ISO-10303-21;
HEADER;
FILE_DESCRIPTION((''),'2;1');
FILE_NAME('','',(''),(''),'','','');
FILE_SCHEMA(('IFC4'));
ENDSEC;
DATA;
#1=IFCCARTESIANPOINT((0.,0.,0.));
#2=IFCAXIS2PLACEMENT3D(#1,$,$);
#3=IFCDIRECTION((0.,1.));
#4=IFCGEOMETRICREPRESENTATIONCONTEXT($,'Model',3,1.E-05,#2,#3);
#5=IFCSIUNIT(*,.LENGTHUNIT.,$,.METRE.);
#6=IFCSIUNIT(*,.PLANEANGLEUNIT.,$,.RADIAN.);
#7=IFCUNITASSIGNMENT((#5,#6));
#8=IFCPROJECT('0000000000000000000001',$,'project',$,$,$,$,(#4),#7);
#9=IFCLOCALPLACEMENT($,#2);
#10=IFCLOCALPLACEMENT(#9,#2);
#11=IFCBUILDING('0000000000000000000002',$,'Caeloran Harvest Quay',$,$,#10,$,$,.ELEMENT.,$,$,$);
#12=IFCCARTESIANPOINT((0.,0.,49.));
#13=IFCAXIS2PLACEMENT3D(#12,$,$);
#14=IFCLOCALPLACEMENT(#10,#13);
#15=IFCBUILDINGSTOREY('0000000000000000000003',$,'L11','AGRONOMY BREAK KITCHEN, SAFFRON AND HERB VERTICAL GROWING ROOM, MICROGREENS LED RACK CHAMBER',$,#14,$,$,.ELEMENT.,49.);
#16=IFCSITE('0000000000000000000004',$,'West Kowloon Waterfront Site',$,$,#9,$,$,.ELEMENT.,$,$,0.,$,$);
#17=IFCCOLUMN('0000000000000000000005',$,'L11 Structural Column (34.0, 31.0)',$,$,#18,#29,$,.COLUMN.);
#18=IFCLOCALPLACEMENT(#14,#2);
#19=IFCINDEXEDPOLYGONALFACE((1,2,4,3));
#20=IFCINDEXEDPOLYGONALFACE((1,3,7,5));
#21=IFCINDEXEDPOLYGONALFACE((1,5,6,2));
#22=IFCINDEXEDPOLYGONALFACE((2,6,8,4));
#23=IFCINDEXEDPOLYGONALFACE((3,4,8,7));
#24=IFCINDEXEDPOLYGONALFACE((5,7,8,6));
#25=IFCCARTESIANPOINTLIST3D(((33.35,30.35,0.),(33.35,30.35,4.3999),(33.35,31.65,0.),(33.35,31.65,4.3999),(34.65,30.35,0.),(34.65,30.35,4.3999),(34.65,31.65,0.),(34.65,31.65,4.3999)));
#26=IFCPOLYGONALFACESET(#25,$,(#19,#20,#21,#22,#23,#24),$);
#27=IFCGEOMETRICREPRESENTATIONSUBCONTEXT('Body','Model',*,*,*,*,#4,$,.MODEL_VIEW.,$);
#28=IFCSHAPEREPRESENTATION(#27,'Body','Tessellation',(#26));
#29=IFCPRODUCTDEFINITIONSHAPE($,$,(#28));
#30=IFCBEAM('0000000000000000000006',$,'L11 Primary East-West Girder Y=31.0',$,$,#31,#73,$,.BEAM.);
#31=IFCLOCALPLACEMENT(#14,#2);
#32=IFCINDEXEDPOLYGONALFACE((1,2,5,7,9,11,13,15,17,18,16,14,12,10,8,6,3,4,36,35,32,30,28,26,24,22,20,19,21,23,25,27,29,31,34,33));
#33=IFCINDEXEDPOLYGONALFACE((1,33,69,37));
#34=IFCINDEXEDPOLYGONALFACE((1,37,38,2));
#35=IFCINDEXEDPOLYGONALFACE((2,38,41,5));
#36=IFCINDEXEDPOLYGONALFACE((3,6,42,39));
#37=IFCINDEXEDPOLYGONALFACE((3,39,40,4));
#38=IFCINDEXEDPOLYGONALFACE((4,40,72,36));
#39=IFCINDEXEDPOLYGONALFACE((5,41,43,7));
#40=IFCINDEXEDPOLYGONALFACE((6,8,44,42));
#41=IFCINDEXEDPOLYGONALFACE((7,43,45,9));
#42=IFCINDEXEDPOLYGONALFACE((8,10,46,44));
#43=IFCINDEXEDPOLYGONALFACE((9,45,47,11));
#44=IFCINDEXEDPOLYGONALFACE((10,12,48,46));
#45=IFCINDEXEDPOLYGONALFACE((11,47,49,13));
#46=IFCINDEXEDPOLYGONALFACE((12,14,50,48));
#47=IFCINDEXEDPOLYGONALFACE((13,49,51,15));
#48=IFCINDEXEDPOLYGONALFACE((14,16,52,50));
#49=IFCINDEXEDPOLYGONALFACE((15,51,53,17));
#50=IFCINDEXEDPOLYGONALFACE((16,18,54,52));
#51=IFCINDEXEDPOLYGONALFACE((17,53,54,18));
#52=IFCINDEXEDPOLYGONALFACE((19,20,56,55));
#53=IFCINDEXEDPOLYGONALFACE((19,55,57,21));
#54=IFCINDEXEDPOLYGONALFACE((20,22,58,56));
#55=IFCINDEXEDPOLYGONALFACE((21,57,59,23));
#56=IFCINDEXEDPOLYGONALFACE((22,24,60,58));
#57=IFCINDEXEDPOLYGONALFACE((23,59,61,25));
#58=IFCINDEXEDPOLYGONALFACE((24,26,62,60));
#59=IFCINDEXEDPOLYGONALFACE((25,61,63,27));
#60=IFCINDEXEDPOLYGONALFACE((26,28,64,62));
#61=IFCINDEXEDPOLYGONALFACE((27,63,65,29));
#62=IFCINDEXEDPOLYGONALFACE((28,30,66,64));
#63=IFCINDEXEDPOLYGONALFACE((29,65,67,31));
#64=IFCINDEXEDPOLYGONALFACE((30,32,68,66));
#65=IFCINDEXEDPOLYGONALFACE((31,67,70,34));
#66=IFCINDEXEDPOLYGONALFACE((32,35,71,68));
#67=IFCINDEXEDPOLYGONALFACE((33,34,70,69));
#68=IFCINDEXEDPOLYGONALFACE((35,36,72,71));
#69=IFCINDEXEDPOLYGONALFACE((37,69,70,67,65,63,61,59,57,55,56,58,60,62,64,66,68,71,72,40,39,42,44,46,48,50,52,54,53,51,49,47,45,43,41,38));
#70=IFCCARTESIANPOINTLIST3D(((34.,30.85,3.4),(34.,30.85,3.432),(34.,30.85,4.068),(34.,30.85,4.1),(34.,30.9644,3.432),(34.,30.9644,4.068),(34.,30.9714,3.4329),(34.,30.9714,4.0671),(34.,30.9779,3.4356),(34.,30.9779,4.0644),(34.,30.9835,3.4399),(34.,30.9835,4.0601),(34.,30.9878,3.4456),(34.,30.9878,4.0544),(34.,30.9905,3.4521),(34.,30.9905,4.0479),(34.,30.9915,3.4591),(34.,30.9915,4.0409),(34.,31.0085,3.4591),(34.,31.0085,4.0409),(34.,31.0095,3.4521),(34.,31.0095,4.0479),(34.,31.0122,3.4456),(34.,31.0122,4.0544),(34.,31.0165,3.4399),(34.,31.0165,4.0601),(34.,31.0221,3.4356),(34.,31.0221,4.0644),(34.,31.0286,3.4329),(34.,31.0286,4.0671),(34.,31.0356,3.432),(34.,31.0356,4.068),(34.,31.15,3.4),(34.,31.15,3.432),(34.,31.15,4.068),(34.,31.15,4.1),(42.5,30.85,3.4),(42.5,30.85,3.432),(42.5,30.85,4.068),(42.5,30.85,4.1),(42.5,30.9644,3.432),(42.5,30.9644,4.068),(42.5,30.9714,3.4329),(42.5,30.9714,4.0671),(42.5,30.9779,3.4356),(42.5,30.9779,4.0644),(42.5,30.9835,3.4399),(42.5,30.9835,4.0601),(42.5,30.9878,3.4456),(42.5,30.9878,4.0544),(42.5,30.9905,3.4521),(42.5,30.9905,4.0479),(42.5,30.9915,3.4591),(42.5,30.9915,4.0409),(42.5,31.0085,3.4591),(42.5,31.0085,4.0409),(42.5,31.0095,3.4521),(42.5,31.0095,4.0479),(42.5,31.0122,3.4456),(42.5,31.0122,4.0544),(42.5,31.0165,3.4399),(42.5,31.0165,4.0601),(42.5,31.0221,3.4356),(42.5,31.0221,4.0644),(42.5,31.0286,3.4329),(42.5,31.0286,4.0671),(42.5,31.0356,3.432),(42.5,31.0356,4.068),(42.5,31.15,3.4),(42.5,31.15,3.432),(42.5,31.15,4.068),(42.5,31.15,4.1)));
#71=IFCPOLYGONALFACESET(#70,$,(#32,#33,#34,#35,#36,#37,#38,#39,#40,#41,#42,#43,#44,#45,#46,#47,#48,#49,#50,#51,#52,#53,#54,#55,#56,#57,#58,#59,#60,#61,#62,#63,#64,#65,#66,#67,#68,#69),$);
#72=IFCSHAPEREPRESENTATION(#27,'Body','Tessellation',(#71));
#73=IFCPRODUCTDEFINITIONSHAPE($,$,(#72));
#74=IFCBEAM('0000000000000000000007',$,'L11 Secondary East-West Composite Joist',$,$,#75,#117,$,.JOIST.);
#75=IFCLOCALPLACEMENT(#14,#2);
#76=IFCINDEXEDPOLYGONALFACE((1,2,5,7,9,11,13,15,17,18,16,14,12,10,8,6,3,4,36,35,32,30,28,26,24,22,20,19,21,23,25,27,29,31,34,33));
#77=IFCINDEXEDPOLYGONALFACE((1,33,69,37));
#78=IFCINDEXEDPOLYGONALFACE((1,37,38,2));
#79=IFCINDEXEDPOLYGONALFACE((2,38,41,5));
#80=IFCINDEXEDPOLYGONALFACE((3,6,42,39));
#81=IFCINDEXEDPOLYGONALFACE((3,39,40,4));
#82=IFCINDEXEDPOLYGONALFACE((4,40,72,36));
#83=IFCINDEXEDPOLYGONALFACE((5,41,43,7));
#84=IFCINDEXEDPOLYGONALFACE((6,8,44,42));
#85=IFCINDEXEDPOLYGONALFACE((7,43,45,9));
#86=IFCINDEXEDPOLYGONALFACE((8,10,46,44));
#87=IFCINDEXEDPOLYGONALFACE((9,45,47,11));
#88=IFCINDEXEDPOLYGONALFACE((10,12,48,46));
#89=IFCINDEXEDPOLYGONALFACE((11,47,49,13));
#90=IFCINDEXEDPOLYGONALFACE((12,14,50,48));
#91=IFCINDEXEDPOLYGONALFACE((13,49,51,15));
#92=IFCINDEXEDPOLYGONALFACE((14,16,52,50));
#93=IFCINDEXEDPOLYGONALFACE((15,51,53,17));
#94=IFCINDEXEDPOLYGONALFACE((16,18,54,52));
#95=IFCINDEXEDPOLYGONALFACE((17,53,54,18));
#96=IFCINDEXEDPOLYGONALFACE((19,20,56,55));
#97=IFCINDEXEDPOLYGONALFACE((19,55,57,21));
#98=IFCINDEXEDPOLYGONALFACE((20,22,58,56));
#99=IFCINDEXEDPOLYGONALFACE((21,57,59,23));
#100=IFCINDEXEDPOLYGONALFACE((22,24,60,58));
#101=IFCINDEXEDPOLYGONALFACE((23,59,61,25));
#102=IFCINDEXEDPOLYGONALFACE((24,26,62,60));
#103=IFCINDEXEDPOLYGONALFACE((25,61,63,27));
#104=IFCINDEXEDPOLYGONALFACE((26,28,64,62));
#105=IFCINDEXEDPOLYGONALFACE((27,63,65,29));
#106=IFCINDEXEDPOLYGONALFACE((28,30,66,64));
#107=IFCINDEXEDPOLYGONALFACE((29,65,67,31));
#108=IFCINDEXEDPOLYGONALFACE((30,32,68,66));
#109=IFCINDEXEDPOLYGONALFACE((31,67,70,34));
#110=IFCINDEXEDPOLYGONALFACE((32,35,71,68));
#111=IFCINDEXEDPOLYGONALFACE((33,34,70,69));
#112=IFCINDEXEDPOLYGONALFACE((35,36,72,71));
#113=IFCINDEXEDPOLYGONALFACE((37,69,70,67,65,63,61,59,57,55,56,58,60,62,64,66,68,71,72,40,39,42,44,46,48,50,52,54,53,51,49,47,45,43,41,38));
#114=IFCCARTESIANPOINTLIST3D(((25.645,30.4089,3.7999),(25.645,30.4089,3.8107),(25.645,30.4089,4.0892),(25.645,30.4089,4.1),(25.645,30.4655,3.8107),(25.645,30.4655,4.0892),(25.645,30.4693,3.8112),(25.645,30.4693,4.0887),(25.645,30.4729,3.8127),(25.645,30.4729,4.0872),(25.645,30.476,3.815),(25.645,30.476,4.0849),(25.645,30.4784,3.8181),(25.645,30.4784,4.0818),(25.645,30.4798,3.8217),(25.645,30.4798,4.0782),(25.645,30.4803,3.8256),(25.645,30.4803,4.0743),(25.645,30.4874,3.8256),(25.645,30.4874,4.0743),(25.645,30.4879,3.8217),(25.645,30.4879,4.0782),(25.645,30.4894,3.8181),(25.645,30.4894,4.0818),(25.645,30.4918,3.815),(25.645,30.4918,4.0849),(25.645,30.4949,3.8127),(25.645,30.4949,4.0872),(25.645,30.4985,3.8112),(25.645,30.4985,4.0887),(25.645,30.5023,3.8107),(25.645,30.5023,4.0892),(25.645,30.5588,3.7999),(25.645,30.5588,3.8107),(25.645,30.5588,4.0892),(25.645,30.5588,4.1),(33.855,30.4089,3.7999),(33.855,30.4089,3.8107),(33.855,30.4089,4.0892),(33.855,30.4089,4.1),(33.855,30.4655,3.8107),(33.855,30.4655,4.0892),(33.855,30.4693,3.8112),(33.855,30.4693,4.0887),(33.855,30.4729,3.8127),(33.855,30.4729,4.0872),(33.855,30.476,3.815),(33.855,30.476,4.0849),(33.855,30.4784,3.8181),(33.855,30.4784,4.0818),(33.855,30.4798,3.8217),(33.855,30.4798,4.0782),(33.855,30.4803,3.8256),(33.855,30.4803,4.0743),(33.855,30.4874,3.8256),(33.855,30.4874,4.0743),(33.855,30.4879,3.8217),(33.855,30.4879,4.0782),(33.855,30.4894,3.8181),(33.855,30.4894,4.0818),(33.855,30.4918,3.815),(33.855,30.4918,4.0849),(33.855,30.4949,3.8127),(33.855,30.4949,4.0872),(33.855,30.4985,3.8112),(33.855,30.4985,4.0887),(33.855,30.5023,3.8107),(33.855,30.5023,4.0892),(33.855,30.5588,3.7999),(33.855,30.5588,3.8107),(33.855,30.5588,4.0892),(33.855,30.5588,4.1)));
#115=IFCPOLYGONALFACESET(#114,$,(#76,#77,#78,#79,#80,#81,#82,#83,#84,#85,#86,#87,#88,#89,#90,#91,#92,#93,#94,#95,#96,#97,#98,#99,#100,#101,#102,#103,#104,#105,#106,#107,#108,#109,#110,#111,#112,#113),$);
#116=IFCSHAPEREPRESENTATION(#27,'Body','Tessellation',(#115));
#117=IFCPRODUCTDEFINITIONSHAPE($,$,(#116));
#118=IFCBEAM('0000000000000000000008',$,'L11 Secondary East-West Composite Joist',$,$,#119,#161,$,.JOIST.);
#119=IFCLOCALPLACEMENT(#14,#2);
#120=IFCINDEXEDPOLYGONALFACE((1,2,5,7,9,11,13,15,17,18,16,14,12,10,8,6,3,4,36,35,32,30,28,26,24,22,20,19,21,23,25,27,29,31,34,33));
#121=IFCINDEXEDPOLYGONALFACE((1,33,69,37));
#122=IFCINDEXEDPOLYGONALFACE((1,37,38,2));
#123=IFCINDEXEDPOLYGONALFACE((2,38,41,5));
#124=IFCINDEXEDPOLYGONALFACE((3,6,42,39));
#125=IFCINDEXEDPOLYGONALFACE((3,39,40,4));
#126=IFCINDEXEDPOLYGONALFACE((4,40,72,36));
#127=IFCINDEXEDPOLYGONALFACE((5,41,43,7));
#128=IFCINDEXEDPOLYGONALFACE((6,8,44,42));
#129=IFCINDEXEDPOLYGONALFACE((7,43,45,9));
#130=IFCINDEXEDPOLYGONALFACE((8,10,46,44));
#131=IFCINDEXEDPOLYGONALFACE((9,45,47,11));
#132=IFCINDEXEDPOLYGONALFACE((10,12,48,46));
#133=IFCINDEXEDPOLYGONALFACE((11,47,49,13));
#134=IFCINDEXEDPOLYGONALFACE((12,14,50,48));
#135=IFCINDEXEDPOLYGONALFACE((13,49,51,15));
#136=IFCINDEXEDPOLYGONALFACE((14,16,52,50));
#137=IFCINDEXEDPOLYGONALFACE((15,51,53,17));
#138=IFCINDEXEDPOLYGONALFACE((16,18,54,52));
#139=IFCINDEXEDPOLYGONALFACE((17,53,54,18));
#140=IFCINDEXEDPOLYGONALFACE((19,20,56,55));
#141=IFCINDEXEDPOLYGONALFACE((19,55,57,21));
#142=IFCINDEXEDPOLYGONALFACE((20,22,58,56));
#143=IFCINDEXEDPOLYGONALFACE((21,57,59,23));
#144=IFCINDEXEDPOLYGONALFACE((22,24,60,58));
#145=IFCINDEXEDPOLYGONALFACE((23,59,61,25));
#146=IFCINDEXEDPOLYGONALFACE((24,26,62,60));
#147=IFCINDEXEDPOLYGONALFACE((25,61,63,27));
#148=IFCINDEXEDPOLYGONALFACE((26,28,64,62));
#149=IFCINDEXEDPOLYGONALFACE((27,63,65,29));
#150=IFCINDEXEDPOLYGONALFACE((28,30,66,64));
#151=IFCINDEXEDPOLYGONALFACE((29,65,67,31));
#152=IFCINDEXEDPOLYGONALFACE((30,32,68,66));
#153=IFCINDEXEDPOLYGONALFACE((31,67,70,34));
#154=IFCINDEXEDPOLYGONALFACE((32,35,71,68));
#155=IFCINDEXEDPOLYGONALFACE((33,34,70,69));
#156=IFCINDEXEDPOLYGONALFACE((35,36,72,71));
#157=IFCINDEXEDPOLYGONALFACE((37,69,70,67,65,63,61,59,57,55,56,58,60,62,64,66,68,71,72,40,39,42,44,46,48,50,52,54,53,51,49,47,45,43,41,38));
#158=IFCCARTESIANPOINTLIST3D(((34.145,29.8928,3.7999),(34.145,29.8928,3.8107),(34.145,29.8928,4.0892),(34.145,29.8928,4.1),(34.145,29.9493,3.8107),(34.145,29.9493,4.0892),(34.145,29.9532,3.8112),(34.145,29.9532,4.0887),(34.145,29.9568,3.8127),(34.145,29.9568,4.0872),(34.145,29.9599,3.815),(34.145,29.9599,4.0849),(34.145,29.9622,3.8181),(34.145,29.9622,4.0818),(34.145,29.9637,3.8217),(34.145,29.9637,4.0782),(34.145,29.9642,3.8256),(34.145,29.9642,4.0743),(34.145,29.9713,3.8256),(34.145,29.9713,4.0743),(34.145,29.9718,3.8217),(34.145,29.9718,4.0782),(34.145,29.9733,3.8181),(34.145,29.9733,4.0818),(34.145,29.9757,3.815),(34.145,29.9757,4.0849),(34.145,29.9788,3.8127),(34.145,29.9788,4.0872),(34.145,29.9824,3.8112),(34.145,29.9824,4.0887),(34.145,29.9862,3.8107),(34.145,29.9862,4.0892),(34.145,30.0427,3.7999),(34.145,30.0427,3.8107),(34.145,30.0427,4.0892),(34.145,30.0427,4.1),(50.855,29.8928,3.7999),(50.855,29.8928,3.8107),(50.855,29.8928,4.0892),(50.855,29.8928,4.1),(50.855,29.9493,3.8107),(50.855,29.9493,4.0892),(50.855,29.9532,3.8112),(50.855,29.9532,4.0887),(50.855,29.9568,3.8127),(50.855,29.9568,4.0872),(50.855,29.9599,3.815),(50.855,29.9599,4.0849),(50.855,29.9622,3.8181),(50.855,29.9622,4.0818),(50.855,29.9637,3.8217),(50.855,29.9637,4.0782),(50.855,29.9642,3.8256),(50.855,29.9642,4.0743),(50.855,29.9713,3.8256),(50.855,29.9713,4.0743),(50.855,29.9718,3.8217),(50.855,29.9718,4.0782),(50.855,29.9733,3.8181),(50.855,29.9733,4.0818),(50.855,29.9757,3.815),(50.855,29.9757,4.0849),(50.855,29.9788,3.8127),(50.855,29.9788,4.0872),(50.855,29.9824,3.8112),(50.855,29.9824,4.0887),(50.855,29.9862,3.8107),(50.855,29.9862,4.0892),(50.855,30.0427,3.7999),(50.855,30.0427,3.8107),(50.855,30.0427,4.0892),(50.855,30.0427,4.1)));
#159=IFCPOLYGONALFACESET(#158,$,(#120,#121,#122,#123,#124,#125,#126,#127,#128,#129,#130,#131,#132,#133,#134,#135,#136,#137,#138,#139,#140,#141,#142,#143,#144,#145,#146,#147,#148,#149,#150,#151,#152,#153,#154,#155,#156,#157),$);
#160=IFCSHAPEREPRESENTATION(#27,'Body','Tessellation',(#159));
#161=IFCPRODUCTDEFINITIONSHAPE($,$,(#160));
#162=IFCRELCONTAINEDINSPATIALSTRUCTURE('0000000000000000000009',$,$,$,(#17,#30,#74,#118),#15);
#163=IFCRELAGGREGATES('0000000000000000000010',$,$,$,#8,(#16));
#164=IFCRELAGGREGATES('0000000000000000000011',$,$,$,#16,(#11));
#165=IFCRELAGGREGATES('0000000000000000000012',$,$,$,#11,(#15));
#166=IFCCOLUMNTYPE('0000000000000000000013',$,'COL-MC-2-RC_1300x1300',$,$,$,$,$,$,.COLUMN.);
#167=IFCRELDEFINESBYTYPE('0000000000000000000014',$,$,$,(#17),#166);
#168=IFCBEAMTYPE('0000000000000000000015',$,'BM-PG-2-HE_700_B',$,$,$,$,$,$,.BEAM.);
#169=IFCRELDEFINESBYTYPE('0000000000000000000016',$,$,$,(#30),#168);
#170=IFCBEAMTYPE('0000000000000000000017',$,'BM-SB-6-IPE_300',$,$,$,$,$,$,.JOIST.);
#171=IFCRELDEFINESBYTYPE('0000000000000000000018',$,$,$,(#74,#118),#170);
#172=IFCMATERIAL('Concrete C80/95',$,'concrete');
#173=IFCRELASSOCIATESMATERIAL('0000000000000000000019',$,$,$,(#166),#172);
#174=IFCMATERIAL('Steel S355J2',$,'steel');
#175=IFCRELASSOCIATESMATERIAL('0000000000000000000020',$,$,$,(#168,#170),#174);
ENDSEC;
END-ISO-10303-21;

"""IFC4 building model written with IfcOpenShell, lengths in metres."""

from ifc_helpers import new_model, si_unit, direction, frame, origin, origin_2d, place, context, subcontext, project, spatial, rectangle, i_section, extrude, material, material_profile, profile_set, type_object, element, save


model = new_model("IFC4")

# Units and contexts
model_context = context("Model", 3, precision=1e-05, world=origin(), true_north=direction((0.0, 1.0)))
body_context = subcontext(model_context, "Body", "Model", "MODEL_VIEW")
ifc_project = project(units=[si_unit("LENGTHUNIT", "METRE"), si_unit("PLANEANGLEUNIT", "RADIAN")], contexts=[model_context])

# Site, building, storey
site_placement = place(None, origin())
site = spatial("IfcSite", under=ifc_project, at=site_placement, Name="West Kowloon Waterfront Site", CompositionType="ELEMENT", RefElevation=0.0)
building_placement = place(site_placement, origin())
building = spatial("IfcBuilding", under=site, at=building_placement, Name="Caeloran Harvest Quay", CompositionType="ELEMENT")
storey_placement = place(building_placement, frame((0.0, 0.0, 49.0)))
storey = spatial("IfcBuildingStorey", under=building, at=storey_placement, Name="L11", Description="AGRONOMY BREAK KITCHEN, SAFFRON AND HERB VERTICAL GROWING ROOM, MICROGREENS LED RACK CHAMBER", CompositionType="ELEMENT", Elevation=49.0)

# Column
ifc_material_1 = material(Name="Concrete C80/95", Category="concrete")
ifc_material_profile_1 = material_profile(ifc_material_1, rectangle(XDim=1.3, YDim=1.3, at=origin_2d()), Name="RC 1300x1300")
ifc_profile_set_1 = profile_set([ifc_material_profile_1], Name="Concrete C80/95")
column_type = type_object("IfcColumnType", Name="COL-MC-2-RC_1300x1300", PredefinedType="COLUMN", material=ifc_profile_set_1)
column_placement = place(storey_placement, frame((34.0, 31.0, 0.0), z_axis=(0.0, 0.0, 1.0), x_axis=(1.0, 0.0, 0.0)))
element("IfcColumn", 1, at=column_placement, inside=storey, type_object=column_type, Name="L11 Structural Column (34.0, 31.0)", PredefinedType="COLUMN", context=body_context, shape_type="SweptSolid", body=[
    extrude(rectangle(XDim=1.3, YDim=1.3, at=origin_2d()), origin(), (0.0, 0.0, 1.0), 4.3999),
])

# Beams
ifc_material_2 = material(Name="Steel S355J2", Category="steel")
ifc_material_profile_2 = material_profile(ifc_material_2, i_section(OverallWidth=0.3, OverallDepth=0.7, WebThickness=0.0171, FlangeThickness=0.032, FilletRadius=0.0271, at=origin_2d()), Name="HE 700 B")
ifc_profile_set_2 = profile_set([ifc_material_profile_2], Name="Steel S355J2")
beam_type_1 = type_object("IfcBeamType", Name="BM-PG-2-HE_700_B", PredefinedType="BEAM", material=ifc_profile_set_2)
beam_1_placement = place(storey_placement, frame((34.0, 31.0, 3.75), z_axis=(1.0, 0.0, 0.0), x_axis=(0.0, 1.0, 0.0)))
element("IfcBeam", 2, at=beam_1_placement, inside=storey, type_object=beam_type_1, Name="L11 Primary East-West Girder Y=31.0", PredefinedType="BEAM", context=body_context, shape_type="SweptSolid", body=[
    extrude(i_section(OverallWidth=0.3, OverallDepth=0.7, WebThickness=0.0171, FlangeThickness=0.032, FilletRadius=0.0271, at=origin_2d()), origin(), (0.0, 0.0, 1.0), 8.5),
])
ifc_material_profile_3 = material_profile(ifc_material_2, i_section(OverallWidth=0.1499, OverallDepth=0.3, WebThickness=0.0071, FlangeThickness=0.0107, FilletRadius=0.0149, at=origin_2d()), Name="IPE 300")
ifc_profile_set_3 = profile_set([ifc_material_profile_3], Name="Steel S355J2")
beam_type_2 = type_object("IfcBeamType", Name="BM-SB-6-IPE_300", PredefinedType="JOIST", material=ifc_profile_set_3)
beam_2_placement = place(storey_placement, frame((25.645, 30.4839, 3.95), z_axis=(1.0, 0.0, 0.0), x_axis=(0.0, 1.0, 0.0)))
element("IfcBeam", 3, at=beam_2_placement, inside=storey, type_object=beam_type_2, Name="L11 Secondary East-West Composite Joist", PredefinedType="JOIST", context=body_context, shape_type="SweptSolid", body=[
    extrude(i_section(OverallWidth=0.1499, OverallDepth=0.3, WebThickness=0.0071, FlangeThickness=0.0107, FilletRadius=0.0149, at=origin_2d()), origin(), (0.0, 0.0, 1.0), 8.21),
])
for number, where, z_axis, x_axis, name in (
    (4, (34.145, 29.9678, 3.95), (1.0, 0.0, 0.0), (0.0, 1.0, 0.0), "L11 Secondary East-West Composite Joist"),
):
    element("IfcBeam", number, at=place(storey_placement, frame(where, z_axis=z_axis, x_axis=x_axis)), inside=storey, type_object=beam_type_2, Name=name, PredefinedType="JOIST", context=body_context, shape_type="SweptSolid", body=[
        extrude(i_section(OverallWidth=0.1499, OverallDepth=0.3, WebThickness=0.0071, FlangeThickness=0.0107, FilletRadius=0.0149, at=origin_2d()), origin(), (0.0, 0.0, 1.0), 16.71),
    ])

save(model, "model.ifc")
